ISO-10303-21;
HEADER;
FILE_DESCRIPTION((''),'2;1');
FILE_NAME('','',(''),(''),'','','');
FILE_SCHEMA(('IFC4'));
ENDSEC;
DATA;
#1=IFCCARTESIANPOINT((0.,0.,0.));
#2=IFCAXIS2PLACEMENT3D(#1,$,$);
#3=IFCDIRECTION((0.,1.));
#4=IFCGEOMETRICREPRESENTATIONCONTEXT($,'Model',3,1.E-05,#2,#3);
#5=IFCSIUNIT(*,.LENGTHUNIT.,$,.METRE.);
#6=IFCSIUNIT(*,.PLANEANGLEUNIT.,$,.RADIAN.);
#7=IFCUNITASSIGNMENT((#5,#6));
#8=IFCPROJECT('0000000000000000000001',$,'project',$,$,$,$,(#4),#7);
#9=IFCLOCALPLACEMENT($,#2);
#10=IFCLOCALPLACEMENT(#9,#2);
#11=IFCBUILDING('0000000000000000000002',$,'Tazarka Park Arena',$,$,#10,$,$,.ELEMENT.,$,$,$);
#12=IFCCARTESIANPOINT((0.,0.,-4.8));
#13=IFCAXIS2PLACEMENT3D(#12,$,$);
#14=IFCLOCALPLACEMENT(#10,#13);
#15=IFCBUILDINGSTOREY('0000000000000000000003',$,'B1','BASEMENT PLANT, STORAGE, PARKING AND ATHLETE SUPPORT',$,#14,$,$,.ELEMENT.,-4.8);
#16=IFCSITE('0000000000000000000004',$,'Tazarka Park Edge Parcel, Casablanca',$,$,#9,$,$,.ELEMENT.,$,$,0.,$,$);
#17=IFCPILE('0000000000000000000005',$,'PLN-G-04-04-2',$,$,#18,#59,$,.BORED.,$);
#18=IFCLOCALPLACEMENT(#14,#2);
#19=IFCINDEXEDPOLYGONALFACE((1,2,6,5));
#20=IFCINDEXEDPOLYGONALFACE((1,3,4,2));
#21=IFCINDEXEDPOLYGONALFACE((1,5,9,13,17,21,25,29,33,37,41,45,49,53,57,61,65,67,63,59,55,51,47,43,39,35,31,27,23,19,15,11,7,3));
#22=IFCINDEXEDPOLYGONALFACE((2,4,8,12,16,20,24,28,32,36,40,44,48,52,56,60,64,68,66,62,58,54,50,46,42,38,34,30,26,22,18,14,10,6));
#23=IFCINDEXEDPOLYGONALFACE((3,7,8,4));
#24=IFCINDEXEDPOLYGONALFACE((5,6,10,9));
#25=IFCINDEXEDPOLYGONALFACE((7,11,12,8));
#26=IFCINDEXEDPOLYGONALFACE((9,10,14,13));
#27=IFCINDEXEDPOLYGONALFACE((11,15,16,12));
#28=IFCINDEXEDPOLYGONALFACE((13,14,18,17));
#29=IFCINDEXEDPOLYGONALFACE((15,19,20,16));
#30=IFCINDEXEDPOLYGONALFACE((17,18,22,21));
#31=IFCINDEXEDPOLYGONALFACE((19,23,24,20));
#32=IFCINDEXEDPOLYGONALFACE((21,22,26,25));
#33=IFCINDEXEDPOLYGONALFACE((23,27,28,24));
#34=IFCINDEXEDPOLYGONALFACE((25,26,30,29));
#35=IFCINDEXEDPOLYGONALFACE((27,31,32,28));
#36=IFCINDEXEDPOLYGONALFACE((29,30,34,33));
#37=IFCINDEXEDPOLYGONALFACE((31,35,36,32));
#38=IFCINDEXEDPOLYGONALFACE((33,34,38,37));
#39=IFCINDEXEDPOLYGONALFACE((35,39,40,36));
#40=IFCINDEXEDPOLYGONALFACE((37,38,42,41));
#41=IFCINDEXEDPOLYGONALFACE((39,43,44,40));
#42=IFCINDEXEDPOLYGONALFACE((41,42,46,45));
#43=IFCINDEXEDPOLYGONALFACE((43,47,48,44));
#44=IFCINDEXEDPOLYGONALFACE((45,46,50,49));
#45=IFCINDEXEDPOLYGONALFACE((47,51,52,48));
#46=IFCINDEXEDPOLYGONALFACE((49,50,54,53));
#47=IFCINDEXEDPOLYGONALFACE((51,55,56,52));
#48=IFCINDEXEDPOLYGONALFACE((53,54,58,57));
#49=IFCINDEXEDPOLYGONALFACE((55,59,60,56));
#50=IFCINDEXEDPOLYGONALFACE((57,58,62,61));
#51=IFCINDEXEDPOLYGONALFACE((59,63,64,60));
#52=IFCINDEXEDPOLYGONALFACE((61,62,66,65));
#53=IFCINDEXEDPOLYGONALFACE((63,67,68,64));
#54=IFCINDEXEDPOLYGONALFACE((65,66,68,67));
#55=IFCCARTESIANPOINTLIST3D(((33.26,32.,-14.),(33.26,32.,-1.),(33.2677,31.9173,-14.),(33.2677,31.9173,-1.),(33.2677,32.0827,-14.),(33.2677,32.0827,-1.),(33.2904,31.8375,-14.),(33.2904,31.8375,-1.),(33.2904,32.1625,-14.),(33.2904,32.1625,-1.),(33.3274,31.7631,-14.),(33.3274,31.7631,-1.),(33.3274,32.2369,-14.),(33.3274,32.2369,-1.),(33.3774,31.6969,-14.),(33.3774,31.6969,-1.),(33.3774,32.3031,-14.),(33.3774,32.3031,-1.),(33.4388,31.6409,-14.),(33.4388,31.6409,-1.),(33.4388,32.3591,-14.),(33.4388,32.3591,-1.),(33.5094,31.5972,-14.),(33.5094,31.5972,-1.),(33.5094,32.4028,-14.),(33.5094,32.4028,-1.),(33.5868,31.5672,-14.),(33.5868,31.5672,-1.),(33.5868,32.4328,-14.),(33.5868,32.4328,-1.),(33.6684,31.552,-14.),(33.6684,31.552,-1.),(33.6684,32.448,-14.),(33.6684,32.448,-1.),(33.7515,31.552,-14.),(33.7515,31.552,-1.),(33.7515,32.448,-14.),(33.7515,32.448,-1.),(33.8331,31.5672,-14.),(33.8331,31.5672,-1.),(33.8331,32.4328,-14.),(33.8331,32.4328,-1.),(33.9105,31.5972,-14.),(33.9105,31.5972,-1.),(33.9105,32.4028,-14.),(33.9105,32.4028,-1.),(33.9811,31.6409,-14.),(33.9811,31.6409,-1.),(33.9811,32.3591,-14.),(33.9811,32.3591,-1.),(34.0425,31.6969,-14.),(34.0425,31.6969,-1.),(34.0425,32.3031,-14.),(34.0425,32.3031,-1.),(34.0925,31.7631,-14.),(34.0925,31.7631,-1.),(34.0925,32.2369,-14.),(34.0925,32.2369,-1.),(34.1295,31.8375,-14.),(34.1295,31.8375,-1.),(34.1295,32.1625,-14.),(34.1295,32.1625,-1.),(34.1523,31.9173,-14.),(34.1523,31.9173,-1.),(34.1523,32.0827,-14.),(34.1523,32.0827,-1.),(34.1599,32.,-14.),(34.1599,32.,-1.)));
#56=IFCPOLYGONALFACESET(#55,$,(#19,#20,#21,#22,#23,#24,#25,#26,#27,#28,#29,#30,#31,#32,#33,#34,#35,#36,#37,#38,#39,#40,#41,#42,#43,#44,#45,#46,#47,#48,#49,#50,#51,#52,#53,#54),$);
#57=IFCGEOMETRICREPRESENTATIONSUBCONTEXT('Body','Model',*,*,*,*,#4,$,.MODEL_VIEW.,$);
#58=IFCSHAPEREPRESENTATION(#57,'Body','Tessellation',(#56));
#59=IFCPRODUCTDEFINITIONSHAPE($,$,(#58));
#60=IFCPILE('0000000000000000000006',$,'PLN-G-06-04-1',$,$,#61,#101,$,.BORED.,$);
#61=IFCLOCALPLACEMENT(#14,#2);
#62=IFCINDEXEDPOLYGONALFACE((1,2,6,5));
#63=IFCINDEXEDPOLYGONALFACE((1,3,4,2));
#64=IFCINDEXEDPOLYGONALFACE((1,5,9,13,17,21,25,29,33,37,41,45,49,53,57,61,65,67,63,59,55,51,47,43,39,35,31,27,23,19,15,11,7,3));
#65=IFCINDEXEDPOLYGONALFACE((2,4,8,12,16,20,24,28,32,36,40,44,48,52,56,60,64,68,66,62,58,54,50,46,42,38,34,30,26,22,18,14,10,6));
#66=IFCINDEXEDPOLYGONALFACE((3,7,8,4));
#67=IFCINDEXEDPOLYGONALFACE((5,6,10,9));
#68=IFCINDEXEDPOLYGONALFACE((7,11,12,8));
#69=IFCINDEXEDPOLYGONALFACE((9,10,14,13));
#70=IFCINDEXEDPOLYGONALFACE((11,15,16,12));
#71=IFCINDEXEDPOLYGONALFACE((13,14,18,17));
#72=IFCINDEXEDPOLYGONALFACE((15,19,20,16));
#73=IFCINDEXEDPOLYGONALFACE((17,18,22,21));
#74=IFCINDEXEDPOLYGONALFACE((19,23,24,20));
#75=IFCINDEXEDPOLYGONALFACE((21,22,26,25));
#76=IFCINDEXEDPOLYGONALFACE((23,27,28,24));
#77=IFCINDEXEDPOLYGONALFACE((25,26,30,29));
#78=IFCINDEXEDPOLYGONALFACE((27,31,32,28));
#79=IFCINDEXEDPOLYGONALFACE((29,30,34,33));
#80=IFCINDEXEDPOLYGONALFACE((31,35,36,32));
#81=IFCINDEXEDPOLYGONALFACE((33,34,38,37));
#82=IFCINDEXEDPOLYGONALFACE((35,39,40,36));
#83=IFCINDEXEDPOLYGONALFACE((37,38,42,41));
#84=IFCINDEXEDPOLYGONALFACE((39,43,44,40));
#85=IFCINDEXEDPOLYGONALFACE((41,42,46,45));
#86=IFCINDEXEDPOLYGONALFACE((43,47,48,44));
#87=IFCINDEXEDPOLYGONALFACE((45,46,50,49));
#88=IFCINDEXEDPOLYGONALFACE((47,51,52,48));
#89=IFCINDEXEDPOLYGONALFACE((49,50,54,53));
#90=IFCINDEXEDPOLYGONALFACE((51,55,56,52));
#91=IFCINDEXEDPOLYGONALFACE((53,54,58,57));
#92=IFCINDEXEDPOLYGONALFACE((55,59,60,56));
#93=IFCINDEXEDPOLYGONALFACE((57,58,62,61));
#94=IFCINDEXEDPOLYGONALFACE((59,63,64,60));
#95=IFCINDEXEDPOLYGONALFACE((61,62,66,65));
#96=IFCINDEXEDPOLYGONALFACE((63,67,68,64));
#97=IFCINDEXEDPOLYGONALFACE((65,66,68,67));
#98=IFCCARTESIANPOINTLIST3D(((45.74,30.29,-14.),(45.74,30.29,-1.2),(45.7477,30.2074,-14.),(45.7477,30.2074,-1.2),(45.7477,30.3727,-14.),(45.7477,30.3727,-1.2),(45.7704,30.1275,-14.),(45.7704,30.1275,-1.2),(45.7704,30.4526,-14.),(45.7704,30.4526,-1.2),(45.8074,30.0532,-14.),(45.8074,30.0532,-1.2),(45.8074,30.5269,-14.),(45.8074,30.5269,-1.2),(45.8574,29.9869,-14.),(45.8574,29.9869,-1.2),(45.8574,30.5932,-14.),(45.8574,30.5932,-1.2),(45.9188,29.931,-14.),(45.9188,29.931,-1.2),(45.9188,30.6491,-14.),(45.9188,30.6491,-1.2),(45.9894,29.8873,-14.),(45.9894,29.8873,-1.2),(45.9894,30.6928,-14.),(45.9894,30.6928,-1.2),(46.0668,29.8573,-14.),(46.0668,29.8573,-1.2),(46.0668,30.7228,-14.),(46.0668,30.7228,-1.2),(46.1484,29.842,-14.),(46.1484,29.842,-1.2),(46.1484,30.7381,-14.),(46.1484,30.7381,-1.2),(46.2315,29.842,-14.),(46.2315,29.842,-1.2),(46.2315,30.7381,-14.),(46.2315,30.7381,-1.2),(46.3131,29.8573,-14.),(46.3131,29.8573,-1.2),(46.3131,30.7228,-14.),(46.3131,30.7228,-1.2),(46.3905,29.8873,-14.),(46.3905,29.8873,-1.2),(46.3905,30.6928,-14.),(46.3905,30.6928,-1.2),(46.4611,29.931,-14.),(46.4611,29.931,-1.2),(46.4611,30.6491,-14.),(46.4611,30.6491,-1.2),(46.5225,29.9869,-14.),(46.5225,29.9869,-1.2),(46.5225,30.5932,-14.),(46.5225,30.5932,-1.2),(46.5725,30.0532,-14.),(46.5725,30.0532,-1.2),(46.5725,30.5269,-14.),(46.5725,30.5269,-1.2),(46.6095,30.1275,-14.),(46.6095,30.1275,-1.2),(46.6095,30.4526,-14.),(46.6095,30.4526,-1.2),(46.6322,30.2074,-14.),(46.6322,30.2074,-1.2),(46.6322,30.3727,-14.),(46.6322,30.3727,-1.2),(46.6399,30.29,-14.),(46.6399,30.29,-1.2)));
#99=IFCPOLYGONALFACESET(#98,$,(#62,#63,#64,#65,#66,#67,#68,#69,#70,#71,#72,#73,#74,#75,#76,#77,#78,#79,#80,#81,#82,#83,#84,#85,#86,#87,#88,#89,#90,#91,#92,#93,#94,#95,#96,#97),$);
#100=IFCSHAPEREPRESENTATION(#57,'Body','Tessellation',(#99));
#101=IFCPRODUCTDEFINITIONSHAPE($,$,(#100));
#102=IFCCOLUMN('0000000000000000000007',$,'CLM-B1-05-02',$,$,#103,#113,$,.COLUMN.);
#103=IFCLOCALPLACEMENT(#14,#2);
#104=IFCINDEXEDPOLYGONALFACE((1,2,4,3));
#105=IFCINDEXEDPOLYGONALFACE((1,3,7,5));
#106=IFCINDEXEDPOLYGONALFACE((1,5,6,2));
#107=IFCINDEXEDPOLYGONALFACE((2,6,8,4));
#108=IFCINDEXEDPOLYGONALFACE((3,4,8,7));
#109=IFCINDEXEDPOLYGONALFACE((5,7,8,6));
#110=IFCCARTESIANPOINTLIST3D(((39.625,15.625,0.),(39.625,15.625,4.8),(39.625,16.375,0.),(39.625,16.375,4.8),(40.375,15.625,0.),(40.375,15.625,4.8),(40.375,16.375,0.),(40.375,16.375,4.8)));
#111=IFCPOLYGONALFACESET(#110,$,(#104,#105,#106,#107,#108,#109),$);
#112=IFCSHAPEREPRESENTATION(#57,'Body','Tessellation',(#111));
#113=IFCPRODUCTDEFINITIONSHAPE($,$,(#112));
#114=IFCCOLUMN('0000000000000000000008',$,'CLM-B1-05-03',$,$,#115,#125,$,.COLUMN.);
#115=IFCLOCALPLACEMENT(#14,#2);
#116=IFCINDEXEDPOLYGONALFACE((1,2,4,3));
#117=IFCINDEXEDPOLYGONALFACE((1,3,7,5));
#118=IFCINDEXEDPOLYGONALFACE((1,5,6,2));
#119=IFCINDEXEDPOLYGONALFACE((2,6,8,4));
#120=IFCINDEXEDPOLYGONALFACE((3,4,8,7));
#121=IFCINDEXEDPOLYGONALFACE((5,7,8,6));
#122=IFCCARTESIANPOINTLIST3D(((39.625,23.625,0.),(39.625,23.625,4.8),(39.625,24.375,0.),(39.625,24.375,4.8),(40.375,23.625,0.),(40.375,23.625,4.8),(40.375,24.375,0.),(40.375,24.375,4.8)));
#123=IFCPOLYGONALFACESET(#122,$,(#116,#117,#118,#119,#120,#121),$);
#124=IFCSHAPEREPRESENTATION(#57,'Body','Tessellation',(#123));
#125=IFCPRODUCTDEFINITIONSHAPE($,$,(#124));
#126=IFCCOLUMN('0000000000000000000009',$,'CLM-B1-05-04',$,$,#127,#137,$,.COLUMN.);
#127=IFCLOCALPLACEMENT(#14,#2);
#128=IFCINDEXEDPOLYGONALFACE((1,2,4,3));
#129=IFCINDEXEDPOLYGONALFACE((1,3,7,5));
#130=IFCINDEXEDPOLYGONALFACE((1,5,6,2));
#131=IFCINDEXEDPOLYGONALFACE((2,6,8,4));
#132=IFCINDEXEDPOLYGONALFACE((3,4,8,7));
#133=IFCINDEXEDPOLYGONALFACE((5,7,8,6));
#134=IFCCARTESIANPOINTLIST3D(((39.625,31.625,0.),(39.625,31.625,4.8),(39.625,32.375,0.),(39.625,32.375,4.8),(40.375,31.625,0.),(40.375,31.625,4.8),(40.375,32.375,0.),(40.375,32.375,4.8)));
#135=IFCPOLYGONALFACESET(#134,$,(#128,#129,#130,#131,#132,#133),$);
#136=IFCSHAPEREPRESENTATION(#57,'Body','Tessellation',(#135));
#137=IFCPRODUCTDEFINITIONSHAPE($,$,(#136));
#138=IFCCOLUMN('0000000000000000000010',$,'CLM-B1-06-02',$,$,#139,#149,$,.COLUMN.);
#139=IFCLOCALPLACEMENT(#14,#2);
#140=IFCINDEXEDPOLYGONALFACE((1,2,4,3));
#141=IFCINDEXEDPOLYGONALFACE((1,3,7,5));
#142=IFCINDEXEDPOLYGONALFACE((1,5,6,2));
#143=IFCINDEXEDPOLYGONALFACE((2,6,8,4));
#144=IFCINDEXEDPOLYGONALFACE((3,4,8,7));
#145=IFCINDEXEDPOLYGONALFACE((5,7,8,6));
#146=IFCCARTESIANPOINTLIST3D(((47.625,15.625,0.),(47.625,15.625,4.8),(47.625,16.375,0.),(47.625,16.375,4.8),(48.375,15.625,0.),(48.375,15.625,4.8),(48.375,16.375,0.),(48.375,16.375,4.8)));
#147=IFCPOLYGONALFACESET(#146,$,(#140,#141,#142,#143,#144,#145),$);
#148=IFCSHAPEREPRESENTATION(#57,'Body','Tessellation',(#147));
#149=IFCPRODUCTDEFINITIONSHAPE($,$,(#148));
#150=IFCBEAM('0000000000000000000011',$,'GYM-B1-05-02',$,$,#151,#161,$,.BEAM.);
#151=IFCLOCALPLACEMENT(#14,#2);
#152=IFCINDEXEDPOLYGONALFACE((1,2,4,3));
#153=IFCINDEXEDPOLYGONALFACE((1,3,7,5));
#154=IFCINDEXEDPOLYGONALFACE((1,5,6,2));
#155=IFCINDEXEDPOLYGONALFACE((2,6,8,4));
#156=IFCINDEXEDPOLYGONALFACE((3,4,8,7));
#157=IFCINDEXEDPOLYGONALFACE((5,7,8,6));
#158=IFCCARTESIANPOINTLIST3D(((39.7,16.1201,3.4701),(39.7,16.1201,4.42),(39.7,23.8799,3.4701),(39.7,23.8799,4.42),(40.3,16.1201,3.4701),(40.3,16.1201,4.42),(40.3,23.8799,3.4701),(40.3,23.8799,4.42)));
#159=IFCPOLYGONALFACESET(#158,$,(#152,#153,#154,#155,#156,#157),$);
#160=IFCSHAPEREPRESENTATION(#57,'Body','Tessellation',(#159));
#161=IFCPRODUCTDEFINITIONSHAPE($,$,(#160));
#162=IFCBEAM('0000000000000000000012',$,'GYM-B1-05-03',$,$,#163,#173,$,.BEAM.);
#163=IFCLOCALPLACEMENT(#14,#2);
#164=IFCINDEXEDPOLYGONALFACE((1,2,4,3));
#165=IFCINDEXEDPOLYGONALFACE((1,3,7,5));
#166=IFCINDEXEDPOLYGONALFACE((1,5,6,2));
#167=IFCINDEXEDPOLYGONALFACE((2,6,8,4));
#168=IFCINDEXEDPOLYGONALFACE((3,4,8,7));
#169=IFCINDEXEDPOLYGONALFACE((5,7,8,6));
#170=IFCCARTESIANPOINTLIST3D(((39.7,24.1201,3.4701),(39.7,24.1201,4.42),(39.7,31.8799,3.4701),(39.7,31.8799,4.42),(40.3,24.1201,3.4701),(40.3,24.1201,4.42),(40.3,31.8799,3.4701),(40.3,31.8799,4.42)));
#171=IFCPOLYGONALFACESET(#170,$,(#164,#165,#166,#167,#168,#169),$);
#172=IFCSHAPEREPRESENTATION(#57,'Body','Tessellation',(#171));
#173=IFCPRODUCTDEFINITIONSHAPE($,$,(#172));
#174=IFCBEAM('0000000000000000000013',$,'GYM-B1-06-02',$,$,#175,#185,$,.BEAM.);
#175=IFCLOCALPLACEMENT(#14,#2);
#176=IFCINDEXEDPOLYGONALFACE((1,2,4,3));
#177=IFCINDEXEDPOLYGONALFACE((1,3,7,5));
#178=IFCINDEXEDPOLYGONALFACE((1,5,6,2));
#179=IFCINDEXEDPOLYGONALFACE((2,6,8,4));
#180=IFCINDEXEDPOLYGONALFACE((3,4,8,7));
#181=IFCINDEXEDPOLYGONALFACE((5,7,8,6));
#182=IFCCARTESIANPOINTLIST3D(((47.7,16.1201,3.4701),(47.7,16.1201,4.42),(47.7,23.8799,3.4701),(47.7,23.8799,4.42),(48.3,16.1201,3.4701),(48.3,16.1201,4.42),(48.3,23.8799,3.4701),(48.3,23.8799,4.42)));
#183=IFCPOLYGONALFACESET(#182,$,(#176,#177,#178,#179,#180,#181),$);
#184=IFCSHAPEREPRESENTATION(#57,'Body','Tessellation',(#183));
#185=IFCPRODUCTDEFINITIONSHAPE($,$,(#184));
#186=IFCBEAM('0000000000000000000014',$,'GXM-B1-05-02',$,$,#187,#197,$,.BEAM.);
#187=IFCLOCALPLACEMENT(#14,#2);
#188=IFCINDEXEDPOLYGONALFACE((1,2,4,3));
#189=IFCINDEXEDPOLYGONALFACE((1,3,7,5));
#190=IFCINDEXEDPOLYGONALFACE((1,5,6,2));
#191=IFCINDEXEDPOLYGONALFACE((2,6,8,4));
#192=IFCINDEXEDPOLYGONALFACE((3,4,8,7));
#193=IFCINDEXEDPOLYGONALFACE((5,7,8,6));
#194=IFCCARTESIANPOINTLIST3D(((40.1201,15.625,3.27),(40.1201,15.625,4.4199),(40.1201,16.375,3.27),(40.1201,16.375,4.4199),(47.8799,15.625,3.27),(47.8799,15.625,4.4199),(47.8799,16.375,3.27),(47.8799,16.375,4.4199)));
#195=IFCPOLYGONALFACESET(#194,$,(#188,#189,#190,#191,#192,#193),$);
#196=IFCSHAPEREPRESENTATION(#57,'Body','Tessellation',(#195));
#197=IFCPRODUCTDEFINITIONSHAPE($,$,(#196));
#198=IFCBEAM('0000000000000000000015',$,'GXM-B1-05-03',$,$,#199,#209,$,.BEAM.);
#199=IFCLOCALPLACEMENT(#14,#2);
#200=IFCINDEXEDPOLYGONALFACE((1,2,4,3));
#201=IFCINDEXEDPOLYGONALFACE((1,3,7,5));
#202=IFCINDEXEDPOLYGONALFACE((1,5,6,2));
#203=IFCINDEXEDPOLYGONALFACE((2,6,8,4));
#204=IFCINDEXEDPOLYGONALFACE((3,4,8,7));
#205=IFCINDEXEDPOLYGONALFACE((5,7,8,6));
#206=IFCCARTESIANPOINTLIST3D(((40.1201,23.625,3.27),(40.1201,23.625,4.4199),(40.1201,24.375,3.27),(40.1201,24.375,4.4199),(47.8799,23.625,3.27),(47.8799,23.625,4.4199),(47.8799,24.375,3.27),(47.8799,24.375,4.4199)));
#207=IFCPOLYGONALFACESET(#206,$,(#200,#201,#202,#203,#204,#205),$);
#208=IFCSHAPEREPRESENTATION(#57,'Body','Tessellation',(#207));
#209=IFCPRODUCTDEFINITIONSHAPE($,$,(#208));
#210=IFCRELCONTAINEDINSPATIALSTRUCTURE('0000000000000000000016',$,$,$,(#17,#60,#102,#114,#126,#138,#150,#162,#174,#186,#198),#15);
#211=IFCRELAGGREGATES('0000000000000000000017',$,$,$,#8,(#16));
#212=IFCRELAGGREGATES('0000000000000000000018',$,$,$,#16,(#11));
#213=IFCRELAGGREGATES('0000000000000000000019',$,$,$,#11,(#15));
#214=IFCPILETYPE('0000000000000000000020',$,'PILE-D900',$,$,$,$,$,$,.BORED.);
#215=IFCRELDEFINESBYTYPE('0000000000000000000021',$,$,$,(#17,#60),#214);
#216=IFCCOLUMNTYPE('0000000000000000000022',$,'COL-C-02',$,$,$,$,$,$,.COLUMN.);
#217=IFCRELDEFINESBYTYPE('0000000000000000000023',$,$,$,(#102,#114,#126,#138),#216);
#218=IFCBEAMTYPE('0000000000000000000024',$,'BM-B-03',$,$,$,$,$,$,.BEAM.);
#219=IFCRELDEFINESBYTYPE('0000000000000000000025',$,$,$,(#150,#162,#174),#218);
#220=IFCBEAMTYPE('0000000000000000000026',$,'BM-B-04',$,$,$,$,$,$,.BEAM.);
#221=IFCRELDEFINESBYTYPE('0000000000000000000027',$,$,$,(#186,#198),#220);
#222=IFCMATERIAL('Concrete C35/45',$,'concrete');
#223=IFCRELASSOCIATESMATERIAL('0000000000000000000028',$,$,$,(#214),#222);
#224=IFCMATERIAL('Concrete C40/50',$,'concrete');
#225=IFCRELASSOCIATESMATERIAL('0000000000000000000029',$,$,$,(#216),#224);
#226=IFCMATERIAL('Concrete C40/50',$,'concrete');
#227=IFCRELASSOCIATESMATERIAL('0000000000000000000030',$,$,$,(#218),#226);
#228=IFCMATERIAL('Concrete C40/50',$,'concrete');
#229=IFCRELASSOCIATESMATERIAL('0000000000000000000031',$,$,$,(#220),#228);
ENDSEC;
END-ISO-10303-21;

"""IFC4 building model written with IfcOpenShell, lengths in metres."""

from ifc_helpers import new_model, si_unit, direction, frame, origin, origin_2d, place, context, subcontext, project, spatial, rectangle, circle, extrude, material, material_profile, profile_set, type_object, element, save


model = new_model("IFC4")

# Units and contexts
model_context = context("Model", 3, precision=1e-05, world=origin(), true_north=direction((0.0, 1.0)))
body_context = subcontext(model_context, "Body", "Model", "MODEL_VIEW")
ifc_project = project(units=[si_unit("LENGTHUNIT", "METRE"), si_unit("PLANEANGLEUNIT", "RADIAN")], contexts=[model_context])

# Site, building, storey
site_placement = place(None, origin())
site = spatial("IfcSite", under=ifc_project, at=site_placement, Name="Tazarka Park Edge Parcel, Casablanca", CompositionType="ELEMENT", RefElevation=0.0)
building_placement = place(site_placement, origin())
building = spatial("IfcBuilding", under=site, at=building_placement, Name="Tazarka Park Arena", CompositionType="ELEMENT")
storey_placement = place(building_placement, frame((0.0, 0.0, -4.8)))
storey = spatial("IfcBuildingStorey", under=building, at=storey_placement, Name="B1", Description="BASEMENT PLANT, STORAGE, PARKING AND ATHLETE SUPPORT", CompositionType="ELEMENT", Elevation=-4.8)

# Piles
ifc_material_1 = material(Name="Concrete C35/45", Category="concrete")
ifc_material_profile_1 = material_profile(ifc_material_1, circle(Radius=0.45, at=origin_2d()), Name="Concrete C35/45")
ifc_profile_set_1 = profile_set([ifc_material_profile_1], Name="Concrete C35/45")
pile_type_1 = type_object("IfcPileType", Name="PILE-D900", PredefinedType="BORED", material=ifc_profile_set_1)
pile_1_placement = place(storey_placement, frame((33.71, 32.0, -1.0), z_axis=(0.0, 0.0, -1.0), x_axis=(1.0, 0.0, 0.0)))
element("IfcPile", 1, at=pile_1_placement, inside=storey, type_object=pile_type_1, Name="PLN-G-04-04-2", PredefinedType="BORED", context=body_context, shape_type="SweptSolid", body=[
    extrude(circle(Radius=0.45, at=origin_2d()), origin(), (0.0, 0.0, 1.0), 13.0),
])
pile_2_placement = place(storey_placement, frame((46.1899, 30.29, -1.2), z_axis=(0.0, 0.0, -1.0), x_axis=(1.0, 0.0, 0.0)))
element("IfcPile", 2, at=pile_2_placement, inside=storey, type_object=pile_type_1, Name="PLN-G-06-04-1", PredefinedType="BORED", context=body_context, shape_type="SweptSolid", body=[
    extrude(circle(Radius=0.45, at=origin_2d()), origin(), (0.0, 0.0, 1.0), 12.8),
])

# Columns
ifc_material_2 = material(Name="Concrete C40/50", Category="concrete")
ifc_material_profile_2 = material_profile(ifc_material_2, rectangle(XDim=0.75, YDim=0.75, at=origin_2d()), Name="Concrete C40/50")
ifc_profile_set_2 = profile_set([ifc_material_profile_2], Name="Concrete C40/50")
column_type = type_object("IfcColumnType", Name="COL-C-02", PredefinedType="COLUMN", material=ifc_profile_set_2)
for number, where, z_axis, x_axis, name in (
    (3, (40.0, 16.0, 0.0), (0.0, 0.0, 1.0), (1.0, 0.0, 0.0), "CLM-B1-05-02"),
    (4, (40.0, 24.0, 0.0), (0.0, 0.0, 1.0), (1.0, 0.0, 0.0), "CLM-B1-05-03"),
    (5, (40.0, 32.0, 0.0), (0.0, 0.0, 1.0), (1.0, 0.0, 0.0), "CLM-B1-05-04"),
    (6, (48.0, 16.0, 0.0), (0.0, 0.0, 1.0), (1.0, 0.0, 0.0), "CLM-B1-06-02"),
):
    element("IfcColumn", number, at=place(storey_placement, frame(where, z_axis=z_axis, x_axis=x_axis)), inside=storey, type_object=column_type, Name=name, PredefinedType="COLUMN", context=body_context, shape_type="SweptSolid", body=[
        extrude(rectangle(XDim=0.75, YDim=0.75, at=origin_2d()), origin(), (0.0, 0.0, 1.0), 4.8),
    ])

# Beams
ifc_material_3 = material(Name="Concrete C40/50", Category="concrete")
ifc_material_profile_3 = material_profile(ifc_material_3, rectangle(XDim=0.6001, YDim=0.95, at=origin_2d()), Name="Concrete C40/50")
ifc_profile_set_3 = profile_set([ifc_material_profile_3], Name="Concrete C40/50")
beam_type_1 = type_object("IfcBeamType", Name="BM-B-03", PredefinedType="BEAM", material=ifc_profile_set_3)
for number, where, z_axis, x_axis, name in (
    (7, (40.0, 16.1201, 3.9451), (0.0, 1.0, 0.0), (-1.0, 0.0, 0.0), "GYM-B1-05-02"),
    (8, (40.0, 24.1201, 3.9451), (0.0, 1.0, 0.0), (-1.0, 0.0, 0.0), "GYM-B1-05-03"),
    (9, (48.0, 16.1201, 3.9451), (0.0, 1.0, 0.0), (-1.0, 0.0, 0.0), "GYM-B1-06-02"),
):
    element("IfcBeam", number, at=place(storey_placement, frame(where, z_axis=z_axis, x_axis=x_axis)), inside=storey, type_object=beam_type_1, Name=name, PredefinedType="BEAM", context=body_context, shape_type="SweptSolid", body=[
        extrude(rectangle(XDim=0.6001, YDim=0.95, at=origin_2d()), origin(), (0.0, 0.0, 1.0), 7.7598),
    ])
ifc_material_4 = material(Name="Concrete C40/50", Category="concrete")
ifc_material_profile_4 = material_profile(ifc_material_4, rectangle(XDim=0.75, YDim=1.1499, at=origin_2d()), Name="Concrete C40/50")
ifc_profile_set_4 = profile_set([ifc_material_profile_4], Name="Concrete C40/50")
beam_type_2 = type_object("IfcBeamType", Name="BM-B-04", PredefinedType="BEAM", material=ifc_profile_set_4)
for number, where, z_axis, x_axis, name in (
    (10, (40.1201, 16.0, 3.845), (1.0, 0.0, 0.0), (0.0, 1.0, 0.0), "GXM-B1-05-02"),
    (11, (40.1201, 24.0, 3.845), (1.0, 0.0, 0.0), (0.0, 1.0, 0.0), "GXM-B1-05-03"),
):
    element("IfcBeam", number, at=place(storey_placement, frame(where, z_axis=z_axis, x_axis=x_axis)), inside=storey, type_object=beam_type_2, Name=name, PredefinedType="BEAM", context=body_context, shape_type="SweptSolid", body=[
        extrude(rectangle(XDim=0.75, YDim=1.1499, at=origin_2d()), origin(), (0.0, 0.0, 1.0), 7.7598),
    ])

save(model, "model.ifc")
